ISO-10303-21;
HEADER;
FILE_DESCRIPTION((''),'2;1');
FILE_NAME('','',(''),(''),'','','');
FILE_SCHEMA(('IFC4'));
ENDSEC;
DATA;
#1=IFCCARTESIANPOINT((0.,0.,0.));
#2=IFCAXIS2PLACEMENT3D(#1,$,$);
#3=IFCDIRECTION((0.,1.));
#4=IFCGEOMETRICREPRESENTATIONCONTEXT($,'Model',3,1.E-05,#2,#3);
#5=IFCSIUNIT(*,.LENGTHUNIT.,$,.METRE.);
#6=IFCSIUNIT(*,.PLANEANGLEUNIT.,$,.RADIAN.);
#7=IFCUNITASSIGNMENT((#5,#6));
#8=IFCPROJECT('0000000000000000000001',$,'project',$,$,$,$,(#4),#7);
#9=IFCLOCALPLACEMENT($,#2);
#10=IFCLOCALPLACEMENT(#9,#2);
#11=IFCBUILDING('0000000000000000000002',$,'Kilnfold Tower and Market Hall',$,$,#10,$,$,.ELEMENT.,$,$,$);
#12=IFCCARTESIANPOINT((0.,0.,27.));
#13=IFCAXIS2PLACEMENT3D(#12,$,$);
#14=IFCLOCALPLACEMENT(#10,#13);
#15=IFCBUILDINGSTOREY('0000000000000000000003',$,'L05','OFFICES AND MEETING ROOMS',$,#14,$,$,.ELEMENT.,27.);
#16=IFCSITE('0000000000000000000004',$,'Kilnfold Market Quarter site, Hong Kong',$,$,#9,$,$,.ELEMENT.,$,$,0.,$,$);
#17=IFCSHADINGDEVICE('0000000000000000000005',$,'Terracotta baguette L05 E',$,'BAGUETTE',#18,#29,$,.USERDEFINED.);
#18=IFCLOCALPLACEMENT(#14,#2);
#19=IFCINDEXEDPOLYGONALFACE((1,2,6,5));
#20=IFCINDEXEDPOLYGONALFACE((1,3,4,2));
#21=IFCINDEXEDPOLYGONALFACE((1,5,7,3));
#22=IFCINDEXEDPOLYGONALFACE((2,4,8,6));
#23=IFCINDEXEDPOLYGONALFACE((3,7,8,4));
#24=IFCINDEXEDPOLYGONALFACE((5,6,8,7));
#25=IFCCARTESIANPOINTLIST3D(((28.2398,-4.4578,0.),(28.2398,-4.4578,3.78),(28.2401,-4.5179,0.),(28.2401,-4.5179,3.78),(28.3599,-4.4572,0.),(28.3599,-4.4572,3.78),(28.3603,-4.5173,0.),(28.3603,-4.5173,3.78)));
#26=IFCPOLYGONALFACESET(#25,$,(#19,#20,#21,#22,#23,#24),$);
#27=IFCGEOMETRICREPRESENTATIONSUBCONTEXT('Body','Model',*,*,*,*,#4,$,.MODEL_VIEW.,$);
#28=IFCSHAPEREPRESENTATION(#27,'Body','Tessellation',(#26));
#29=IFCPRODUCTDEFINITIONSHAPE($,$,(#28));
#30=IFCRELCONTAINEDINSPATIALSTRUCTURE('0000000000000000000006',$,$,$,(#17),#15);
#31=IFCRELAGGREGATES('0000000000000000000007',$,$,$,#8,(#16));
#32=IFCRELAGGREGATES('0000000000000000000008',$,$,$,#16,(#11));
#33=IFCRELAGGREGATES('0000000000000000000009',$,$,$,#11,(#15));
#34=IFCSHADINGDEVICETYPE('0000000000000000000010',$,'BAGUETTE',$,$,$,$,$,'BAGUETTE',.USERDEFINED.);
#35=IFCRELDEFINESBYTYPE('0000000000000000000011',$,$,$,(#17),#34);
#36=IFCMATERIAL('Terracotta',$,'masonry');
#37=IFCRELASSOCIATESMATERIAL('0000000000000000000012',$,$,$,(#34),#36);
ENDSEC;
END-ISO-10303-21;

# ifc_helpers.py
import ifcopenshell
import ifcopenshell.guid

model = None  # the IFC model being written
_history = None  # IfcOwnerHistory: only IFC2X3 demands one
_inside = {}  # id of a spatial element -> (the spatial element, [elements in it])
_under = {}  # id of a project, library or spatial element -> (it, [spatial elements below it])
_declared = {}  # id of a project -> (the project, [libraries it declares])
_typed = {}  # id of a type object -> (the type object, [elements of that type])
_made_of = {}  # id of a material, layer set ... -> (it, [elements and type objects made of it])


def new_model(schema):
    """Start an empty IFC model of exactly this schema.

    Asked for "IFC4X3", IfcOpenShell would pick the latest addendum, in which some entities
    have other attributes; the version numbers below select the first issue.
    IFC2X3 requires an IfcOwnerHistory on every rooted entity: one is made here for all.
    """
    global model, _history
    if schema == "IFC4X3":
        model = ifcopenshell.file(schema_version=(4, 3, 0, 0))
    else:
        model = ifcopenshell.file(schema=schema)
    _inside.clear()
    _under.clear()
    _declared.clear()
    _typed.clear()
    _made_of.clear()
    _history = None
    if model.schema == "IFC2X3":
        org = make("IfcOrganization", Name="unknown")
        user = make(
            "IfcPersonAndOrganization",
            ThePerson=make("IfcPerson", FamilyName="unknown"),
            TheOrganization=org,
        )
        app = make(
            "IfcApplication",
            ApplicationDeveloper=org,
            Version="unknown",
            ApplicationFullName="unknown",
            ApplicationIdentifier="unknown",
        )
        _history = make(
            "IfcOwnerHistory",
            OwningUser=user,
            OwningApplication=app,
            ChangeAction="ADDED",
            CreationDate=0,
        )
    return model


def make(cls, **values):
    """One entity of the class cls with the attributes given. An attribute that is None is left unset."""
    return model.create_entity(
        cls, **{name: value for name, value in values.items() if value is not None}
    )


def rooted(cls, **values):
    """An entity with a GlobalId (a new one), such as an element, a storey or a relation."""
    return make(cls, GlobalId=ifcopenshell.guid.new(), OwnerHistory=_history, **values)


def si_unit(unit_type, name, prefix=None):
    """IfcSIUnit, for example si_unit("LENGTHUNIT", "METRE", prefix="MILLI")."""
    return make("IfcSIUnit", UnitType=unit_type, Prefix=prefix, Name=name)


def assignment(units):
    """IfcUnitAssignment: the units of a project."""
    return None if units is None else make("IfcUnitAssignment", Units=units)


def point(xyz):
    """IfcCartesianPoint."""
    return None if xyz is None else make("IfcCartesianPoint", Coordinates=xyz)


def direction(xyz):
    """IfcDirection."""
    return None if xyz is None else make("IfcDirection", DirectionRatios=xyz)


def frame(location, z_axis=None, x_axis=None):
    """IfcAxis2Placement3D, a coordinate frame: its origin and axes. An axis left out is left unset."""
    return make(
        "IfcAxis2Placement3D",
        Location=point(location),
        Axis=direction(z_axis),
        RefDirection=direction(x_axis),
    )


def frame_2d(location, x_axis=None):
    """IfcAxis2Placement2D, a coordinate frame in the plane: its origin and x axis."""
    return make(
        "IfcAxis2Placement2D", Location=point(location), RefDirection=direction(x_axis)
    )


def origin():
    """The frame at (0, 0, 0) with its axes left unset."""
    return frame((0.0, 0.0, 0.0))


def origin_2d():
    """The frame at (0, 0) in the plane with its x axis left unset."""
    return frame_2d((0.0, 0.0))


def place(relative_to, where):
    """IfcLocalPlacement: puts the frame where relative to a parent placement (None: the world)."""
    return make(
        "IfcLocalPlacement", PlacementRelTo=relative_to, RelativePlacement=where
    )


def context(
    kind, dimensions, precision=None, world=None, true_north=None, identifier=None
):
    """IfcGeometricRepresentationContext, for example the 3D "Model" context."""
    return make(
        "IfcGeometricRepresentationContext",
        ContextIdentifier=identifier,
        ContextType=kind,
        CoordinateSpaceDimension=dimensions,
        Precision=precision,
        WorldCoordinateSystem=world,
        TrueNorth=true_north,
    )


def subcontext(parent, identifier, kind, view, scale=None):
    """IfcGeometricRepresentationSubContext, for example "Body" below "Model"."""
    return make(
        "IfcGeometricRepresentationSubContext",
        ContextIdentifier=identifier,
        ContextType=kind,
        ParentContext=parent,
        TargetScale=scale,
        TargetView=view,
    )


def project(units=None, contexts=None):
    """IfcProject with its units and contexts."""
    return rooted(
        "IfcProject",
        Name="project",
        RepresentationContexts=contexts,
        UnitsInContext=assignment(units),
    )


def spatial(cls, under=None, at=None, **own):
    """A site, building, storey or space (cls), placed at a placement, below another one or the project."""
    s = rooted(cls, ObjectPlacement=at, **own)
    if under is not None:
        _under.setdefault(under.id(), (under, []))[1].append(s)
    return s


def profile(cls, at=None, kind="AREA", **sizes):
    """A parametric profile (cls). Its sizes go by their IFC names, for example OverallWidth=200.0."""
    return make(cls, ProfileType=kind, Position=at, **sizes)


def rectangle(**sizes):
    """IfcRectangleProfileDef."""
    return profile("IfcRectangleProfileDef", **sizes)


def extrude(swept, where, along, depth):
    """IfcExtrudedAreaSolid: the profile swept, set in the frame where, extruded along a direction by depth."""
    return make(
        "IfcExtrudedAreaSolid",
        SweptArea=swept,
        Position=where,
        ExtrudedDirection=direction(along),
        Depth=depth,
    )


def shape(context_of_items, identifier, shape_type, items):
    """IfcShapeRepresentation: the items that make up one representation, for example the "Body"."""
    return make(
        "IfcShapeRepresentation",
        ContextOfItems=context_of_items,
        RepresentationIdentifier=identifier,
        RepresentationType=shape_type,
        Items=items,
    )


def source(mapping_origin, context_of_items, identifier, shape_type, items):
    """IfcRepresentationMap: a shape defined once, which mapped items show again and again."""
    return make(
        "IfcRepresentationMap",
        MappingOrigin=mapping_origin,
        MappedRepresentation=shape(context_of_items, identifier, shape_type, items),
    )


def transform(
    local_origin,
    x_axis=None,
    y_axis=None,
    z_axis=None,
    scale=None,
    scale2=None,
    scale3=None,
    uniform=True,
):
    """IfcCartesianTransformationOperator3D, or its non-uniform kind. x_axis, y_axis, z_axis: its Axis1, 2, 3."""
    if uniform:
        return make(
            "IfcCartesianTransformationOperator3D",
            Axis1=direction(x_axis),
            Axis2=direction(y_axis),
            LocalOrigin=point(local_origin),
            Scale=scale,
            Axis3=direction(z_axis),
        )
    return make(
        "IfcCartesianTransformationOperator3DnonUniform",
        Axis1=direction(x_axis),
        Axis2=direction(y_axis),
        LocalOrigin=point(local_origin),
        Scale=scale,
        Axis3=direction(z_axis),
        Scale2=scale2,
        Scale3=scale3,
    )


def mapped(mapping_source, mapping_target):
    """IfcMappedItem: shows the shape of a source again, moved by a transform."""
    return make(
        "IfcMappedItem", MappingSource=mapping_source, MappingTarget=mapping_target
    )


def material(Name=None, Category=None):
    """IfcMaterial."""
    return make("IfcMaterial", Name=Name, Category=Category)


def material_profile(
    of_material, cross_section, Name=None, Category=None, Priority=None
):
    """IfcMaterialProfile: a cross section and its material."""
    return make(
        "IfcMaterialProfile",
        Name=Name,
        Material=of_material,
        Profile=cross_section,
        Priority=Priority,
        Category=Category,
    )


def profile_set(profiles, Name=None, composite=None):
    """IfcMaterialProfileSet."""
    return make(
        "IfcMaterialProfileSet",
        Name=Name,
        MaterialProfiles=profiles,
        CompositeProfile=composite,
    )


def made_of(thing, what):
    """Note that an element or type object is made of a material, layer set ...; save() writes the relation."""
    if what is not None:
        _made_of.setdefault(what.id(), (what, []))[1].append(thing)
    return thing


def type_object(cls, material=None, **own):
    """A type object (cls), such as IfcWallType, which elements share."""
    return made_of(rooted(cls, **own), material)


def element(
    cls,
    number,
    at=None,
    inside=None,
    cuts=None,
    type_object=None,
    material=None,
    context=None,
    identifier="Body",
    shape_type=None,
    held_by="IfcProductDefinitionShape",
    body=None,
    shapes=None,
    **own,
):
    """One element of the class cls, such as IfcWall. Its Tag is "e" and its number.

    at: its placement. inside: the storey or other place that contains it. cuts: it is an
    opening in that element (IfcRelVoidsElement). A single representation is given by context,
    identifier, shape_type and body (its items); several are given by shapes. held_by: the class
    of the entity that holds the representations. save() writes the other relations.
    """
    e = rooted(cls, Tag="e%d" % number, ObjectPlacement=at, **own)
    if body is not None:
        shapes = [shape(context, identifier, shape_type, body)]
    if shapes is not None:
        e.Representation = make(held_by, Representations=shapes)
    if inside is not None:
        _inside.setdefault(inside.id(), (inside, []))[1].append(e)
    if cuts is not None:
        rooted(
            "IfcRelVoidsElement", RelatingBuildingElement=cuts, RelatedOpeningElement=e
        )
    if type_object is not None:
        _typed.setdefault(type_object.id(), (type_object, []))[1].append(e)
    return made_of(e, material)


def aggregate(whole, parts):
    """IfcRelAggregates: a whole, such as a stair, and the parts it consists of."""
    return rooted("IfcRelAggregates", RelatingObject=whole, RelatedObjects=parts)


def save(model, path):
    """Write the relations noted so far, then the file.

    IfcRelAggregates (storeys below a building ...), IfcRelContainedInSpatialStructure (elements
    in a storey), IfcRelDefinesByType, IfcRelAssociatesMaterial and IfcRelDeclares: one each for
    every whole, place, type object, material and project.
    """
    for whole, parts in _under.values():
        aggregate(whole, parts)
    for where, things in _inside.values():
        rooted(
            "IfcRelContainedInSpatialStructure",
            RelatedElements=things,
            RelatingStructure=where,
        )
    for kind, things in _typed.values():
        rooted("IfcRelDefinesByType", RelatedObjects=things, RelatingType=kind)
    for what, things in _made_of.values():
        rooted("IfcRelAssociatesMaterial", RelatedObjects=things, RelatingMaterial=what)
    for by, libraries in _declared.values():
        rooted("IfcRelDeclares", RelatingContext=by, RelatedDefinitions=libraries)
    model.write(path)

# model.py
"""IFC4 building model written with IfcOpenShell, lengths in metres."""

from ifc_helpers import new_model, si_unit, direction, frame, origin, origin_2d, place, context, subcontext, project, spatial, rectangle, extrude, source, transform, mapped, material, material_profile, profile_set, type_object, element, save


model = new_model("IFC4")

# Units and contexts
model_context = context("Model", 3, precision=1e-05, world=origin(), true_north=direction((0.0, 1.0)))
body_context = subcontext(model_context, "Body", "Model", "MODEL_VIEW")
ifc_project = project(units=[si_unit("LENGTHUNIT", "METRE"), si_unit("PLANEANGLEUNIT", "RADIAN")], contexts=[model_context])

# Site, building, storey
site_placement = place(None, origin())
site = spatial("IfcSite", under=ifc_project, at=site_placement, Name="Kilnfold Market Quarter site, Hong Kong", CompositionType="ELEMENT", RefElevation=0.0)
building_placement = place(site_placement, origin())
building = spatial("IfcBuilding", under=site, at=building_placement, Name="Kilnfold Tower and Market Hall", CompositionType="ELEMENT")
storey_placement = place(building_placement, frame((0.0, 0.0, 27.0)))
storey = spatial("IfcBuildingStorey", under=building, at=storey_placement, Name="L05", Description="OFFICES AND MEETING ROOMS", CompositionType="ELEMENT", Elevation=27.0)

# Shading device
ifc_material_1 = material(Name="Terracotta", Category="masonry")
ifc_material_profile_1 = material_profile(ifc_material_1, rectangle(XDim=0.0601, YDim=0.1201, at=origin_2d()), Name="BAG 60x120")
ifc_profile_set_1 = profile_set([ifc_material_profile_1], Name="Terracotta")
shading_device_type = type_object("IfcShadingDeviceType", Name="BAGUETTE", ElementType="BAGUETTE", PredefinedType="USERDEFINED", material=ifc_profile_set_1)
shared_shape_1 = source(origin(), body_context, "Body", "SweptSolid", [
    extrude(rectangle(XDim=0.0601, YDim=0.1201, at=origin_2d()), origin(), (0.0, 0.0, 1.0), 3.78),
])
for number, where, z_axis, x_axis, name in (
    (1, (28.3, -4.4875, 0.0), (0.0, 0.0, 1.0), (-0.005246, 0.999986, 0.0), "Terracotta baguette L05 E"),
):
    element("IfcShadingDevice", number, at=place(storey_placement, frame(where, z_axis=z_axis, x_axis=x_axis)), inside=storey, type_object=shading_device_type, Name=name, ObjectType="BAGUETTE", PredefinedType="USERDEFINED", context=body_context, shape_type="MappedRepresentation", body=[
        mapped(shared_shape_1, transform((0.0, 0.0, 0.0))),
    ])

save(model, "model.ifc")
